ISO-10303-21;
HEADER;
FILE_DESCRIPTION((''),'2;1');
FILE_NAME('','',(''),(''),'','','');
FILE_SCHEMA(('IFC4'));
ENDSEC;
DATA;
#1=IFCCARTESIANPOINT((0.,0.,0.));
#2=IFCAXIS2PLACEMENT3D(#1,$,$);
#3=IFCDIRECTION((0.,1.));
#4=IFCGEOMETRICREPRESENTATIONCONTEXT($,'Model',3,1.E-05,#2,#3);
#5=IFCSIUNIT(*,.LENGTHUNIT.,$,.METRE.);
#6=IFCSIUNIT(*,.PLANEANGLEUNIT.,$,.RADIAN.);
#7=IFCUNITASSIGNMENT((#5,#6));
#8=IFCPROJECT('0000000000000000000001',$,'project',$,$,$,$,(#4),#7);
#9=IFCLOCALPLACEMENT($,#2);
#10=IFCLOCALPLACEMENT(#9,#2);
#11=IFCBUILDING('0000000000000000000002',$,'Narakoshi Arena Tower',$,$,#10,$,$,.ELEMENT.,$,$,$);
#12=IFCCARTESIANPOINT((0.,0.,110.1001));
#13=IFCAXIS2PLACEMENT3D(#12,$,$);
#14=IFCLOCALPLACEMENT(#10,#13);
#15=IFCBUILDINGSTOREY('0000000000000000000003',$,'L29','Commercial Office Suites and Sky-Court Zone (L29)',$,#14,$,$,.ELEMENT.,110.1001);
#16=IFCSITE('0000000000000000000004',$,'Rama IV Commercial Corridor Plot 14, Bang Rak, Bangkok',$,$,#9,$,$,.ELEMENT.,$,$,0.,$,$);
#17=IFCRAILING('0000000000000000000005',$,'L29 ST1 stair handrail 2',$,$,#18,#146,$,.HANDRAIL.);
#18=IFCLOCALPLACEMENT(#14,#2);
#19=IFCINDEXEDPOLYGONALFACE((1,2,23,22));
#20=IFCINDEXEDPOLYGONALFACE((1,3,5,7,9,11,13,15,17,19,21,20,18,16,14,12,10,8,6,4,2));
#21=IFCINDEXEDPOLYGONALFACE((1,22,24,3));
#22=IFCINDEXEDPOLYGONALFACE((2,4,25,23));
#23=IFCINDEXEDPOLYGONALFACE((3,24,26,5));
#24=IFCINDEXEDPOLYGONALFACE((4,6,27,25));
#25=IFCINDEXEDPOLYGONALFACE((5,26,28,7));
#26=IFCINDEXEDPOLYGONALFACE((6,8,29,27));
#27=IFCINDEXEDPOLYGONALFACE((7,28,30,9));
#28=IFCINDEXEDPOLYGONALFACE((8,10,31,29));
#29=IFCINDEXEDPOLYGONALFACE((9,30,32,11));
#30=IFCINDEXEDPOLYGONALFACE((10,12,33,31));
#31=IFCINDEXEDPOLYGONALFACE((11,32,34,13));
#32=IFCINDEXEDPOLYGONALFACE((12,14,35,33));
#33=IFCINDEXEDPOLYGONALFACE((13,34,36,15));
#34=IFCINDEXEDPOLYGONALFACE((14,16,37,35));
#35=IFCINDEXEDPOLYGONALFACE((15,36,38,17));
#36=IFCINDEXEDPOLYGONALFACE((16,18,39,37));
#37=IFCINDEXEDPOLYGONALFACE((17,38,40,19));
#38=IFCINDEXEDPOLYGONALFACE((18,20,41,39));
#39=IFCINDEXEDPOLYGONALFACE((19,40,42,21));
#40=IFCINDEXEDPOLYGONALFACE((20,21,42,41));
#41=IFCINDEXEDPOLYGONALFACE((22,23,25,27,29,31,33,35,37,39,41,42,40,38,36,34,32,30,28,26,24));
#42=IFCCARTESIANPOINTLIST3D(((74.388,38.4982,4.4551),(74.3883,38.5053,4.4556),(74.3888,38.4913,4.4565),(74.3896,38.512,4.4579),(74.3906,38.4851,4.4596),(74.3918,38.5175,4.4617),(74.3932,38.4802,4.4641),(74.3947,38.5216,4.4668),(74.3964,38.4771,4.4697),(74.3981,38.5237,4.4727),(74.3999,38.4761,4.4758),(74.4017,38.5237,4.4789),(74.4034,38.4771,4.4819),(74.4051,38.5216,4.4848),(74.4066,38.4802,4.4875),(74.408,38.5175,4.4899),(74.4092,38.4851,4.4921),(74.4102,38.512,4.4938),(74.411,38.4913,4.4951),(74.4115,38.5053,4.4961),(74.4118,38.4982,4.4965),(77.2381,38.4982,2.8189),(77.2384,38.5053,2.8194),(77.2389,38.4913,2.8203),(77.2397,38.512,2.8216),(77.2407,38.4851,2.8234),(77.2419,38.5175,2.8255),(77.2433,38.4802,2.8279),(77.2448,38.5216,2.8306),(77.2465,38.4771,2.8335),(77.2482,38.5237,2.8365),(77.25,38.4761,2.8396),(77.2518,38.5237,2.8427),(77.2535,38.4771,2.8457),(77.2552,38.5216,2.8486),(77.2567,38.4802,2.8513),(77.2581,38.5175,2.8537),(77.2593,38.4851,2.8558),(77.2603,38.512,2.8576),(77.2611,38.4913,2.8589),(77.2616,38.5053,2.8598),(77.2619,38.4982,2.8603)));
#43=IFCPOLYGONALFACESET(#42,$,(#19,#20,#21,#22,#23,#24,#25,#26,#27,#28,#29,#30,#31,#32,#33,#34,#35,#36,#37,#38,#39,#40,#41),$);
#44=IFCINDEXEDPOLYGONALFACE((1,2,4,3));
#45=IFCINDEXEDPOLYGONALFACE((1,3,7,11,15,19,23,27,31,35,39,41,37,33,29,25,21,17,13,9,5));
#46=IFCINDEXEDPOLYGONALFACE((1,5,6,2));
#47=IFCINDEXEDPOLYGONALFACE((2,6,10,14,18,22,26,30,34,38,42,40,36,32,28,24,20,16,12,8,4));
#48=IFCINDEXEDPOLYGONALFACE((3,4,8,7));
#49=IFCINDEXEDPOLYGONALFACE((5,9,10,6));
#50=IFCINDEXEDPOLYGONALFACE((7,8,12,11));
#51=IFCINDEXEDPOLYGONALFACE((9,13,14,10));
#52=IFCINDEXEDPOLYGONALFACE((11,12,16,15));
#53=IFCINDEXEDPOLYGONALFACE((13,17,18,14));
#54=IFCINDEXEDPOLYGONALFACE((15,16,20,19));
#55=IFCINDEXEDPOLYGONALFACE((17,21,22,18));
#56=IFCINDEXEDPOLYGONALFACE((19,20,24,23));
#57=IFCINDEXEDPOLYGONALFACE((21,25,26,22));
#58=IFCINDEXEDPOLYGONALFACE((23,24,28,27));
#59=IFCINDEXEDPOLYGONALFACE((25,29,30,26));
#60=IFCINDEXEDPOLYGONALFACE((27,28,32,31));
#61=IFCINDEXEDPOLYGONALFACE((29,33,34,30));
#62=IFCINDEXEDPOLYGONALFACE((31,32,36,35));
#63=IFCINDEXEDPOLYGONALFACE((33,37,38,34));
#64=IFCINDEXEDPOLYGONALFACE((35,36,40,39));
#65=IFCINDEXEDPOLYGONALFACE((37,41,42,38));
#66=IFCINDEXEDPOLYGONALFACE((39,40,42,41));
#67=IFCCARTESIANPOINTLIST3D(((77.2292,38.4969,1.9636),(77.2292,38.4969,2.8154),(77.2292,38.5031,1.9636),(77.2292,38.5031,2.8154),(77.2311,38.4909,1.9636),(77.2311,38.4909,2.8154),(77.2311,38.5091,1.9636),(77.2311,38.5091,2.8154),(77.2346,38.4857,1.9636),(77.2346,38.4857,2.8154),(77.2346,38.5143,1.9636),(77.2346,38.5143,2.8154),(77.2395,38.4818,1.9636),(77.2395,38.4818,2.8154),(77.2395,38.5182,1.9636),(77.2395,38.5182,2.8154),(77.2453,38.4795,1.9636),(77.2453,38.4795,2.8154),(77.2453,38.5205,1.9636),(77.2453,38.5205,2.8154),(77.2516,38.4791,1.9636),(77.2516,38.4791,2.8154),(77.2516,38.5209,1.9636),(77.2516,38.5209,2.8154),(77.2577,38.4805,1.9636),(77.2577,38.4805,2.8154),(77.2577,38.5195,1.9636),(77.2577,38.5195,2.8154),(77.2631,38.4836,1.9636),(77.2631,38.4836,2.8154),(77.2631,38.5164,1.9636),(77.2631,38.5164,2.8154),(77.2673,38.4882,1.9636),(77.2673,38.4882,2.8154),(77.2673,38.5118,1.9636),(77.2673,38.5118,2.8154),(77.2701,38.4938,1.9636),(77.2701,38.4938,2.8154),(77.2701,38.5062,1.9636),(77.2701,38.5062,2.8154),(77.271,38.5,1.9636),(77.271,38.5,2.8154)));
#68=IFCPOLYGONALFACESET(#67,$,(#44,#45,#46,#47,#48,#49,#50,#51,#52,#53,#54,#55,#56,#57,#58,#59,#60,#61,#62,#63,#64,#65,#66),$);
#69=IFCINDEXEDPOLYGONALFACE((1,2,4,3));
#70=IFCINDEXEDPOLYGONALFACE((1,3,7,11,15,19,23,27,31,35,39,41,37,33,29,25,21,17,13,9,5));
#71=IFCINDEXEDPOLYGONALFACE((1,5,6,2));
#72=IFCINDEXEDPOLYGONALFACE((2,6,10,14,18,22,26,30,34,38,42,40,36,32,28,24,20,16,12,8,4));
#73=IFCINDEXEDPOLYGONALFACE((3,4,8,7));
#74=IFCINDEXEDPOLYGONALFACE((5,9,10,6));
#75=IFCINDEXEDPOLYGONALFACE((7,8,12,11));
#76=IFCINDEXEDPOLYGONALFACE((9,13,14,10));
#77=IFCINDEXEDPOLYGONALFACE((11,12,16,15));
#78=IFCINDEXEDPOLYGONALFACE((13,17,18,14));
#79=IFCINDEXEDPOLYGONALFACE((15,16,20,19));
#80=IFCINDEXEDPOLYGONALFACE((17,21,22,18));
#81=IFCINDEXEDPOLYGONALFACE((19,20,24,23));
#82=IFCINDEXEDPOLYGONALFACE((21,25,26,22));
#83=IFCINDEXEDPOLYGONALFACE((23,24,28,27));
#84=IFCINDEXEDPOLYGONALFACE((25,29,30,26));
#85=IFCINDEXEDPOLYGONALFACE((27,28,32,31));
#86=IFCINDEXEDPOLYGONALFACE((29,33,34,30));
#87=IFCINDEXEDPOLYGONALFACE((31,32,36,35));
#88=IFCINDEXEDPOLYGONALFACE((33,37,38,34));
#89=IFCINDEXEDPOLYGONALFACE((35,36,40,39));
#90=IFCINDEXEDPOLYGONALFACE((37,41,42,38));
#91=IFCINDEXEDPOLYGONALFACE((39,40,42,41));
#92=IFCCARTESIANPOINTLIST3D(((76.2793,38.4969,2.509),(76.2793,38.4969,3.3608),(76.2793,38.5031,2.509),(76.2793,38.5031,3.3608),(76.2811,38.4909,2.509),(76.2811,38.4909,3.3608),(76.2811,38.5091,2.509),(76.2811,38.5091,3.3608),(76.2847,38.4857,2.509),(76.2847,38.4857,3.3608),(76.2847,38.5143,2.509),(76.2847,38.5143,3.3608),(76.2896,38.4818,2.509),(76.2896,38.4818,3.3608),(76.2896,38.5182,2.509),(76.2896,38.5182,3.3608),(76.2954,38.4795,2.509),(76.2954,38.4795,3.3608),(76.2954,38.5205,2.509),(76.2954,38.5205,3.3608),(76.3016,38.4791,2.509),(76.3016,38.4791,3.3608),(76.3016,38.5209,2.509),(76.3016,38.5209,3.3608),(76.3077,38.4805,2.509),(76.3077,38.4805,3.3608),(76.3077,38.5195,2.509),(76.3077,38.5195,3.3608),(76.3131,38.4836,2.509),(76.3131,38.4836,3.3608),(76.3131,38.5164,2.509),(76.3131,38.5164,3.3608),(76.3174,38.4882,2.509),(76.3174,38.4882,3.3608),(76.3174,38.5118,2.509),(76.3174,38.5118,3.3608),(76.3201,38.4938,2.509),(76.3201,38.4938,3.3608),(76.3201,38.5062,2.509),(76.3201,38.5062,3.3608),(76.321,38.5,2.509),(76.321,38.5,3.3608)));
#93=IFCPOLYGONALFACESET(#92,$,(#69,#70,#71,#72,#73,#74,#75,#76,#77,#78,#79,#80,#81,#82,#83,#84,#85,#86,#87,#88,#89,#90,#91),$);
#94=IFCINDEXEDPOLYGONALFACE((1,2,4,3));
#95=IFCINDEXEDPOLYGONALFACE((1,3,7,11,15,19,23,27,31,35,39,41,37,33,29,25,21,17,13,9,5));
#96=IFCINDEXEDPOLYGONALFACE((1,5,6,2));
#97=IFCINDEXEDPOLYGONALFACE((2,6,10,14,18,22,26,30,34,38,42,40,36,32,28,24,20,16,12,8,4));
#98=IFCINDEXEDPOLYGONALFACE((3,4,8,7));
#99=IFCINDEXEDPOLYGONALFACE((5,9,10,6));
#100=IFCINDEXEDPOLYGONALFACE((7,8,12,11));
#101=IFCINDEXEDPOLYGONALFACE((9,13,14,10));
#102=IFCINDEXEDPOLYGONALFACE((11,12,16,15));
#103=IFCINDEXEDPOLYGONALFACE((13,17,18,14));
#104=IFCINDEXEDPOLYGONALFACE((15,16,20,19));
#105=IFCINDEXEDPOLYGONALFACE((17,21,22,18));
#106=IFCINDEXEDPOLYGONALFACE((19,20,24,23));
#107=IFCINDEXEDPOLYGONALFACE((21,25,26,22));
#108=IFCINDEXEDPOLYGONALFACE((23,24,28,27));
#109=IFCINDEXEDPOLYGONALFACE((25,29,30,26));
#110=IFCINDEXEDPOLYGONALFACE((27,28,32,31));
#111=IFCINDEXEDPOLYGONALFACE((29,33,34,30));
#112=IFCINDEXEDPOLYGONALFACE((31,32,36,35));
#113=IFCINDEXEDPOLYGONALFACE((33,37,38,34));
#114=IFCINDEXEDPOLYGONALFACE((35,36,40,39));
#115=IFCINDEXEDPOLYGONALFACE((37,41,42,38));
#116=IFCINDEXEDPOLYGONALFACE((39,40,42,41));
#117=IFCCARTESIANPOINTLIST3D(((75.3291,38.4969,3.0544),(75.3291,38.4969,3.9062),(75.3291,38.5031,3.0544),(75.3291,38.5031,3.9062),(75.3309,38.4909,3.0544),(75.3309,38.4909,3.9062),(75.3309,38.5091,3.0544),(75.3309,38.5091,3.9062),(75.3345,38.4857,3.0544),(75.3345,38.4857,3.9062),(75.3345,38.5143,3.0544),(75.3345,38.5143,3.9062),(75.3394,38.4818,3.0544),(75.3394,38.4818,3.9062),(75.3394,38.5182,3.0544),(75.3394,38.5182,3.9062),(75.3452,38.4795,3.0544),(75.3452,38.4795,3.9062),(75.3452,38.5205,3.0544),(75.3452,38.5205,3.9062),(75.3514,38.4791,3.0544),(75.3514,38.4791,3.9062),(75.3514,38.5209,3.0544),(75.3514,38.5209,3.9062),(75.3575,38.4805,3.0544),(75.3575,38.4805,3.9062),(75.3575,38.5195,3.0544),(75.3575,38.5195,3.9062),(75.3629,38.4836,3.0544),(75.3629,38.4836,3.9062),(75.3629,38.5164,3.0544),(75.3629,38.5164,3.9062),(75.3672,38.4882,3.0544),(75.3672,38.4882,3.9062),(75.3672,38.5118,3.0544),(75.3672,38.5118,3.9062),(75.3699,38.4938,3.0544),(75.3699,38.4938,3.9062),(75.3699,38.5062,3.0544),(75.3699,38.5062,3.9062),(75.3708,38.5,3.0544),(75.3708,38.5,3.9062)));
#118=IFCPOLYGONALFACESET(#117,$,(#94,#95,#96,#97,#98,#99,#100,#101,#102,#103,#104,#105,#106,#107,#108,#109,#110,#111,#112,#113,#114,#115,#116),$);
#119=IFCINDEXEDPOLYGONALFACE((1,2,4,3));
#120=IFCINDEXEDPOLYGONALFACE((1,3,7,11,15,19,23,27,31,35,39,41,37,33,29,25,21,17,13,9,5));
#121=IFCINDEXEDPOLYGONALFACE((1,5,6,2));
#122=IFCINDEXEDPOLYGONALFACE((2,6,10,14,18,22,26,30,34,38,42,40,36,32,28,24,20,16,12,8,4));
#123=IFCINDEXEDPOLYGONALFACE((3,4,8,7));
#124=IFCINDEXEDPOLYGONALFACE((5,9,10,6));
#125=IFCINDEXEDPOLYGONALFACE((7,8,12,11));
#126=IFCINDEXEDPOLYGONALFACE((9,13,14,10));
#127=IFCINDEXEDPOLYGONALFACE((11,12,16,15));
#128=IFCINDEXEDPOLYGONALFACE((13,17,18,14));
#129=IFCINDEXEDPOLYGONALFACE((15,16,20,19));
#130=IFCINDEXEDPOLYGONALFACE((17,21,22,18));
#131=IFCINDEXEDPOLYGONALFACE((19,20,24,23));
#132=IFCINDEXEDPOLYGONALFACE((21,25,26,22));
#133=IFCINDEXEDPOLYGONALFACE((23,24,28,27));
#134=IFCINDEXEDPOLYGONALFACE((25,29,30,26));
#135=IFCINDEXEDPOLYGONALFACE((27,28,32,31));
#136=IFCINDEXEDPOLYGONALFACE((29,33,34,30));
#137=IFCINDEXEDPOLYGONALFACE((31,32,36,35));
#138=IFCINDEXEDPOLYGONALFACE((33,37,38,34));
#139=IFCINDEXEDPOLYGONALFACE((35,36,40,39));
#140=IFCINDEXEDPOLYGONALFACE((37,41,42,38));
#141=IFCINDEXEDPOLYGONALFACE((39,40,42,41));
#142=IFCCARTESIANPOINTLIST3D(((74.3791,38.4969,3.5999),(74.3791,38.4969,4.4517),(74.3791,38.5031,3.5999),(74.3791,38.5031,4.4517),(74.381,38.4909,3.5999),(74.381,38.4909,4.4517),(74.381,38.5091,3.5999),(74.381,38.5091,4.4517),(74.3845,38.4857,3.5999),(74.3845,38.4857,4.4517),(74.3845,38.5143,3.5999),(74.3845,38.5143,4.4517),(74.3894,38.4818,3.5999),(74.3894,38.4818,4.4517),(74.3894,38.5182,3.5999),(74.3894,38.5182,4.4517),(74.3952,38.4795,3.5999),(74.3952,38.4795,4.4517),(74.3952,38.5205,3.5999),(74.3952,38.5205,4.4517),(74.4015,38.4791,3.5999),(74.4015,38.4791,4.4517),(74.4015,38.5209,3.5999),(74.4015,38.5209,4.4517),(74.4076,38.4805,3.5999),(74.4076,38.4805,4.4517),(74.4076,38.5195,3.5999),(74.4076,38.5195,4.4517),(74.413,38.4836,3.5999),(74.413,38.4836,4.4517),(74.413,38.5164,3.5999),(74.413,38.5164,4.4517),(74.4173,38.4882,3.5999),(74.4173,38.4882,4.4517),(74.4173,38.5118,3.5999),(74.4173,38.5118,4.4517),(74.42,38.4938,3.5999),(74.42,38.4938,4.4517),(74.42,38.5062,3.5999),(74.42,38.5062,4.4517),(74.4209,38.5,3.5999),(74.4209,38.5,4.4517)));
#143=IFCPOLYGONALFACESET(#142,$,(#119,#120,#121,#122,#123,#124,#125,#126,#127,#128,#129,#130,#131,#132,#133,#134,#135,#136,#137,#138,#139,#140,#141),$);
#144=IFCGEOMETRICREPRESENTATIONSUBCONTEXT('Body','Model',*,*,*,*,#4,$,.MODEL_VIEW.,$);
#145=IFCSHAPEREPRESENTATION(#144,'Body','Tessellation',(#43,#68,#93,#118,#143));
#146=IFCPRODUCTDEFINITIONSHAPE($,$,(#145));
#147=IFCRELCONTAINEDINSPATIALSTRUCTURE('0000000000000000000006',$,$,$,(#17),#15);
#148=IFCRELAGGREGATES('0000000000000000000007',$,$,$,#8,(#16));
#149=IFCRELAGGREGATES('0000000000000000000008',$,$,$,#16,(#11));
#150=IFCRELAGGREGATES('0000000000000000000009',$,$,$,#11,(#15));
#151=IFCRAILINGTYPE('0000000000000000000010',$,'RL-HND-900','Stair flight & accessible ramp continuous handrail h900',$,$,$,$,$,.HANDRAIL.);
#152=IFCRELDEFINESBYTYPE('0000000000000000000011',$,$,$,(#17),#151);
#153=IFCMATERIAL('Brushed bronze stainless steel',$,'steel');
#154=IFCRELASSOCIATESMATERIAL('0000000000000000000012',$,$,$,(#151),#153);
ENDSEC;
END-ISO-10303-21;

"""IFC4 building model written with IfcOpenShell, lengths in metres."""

from ifc_helpers import new_model, si_unit, direction, frame, origin, origin_2d, place, context, subcontext, project, spatial, circle, extrude, material, type_object, element, save


model = new_model("IFC4")

# Units and contexts
model_context = context("Model", 3, precision=1e-05, world=origin(), true_north=direction((0.0, 1.0)))
body_context = subcontext(model_context, "Body", "Model", "MODEL_VIEW")
ifc_project = project(units=[si_unit("LENGTHUNIT", "METRE"), si_unit("PLANEANGLEUNIT", "RADIAN")], contexts=[model_context])

# Site, building, storey
site_placement = place(None, origin())
site = spatial("IfcSite", under=ifc_project, at=site_placement, Name="Rama IV Commercial Corridor Plot 14, Bang Rak, Bangkok", CompositionType="ELEMENT", RefElevation=0.0)
building_placement = place(site_placement, origin())
building = spatial("IfcBuilding", under=site, at=building_placement, Name="Narakoshi Arena Tower", CompositionType="ELEMENT")
storey_placement = place(building_placement, frame((0.0, 0.0, 110.1001)))
storey = spatial("IfcBuildingStorey", under=building, at=storey_placement, Name="L29", Description="Commercial Office Suites and Sky-Court Zone (L29)", CompositionType="ELEMENT", Elevation=110.1001)

# Shared definitions
ifc_material_1 = material(Name="Brushed bronze stainless steel", Category="steel")

# Railing
railing_type_1 = type_object("IfcRailingType", Name="RL-HND-900", Description="Stair flight & accessible ramp continuous handrail h900", PredefinedType="HANDRAIL", material=ifc_material_1)
for number, where, name in (
    (1, (77.25, 38.5, 1.9636), "L29 ST1 stair handrail 2"),
):
    element("IfcRailing", number, at=place(storey_placement, frame(where)), inside=storey, type_object=railing_type_1, Name=name, PredefinedType="HANDRAIL", context=body_context, shape_type="SweptSolid", body=[
        extrude(circle(Radius=0.0239, at=origin_2d()), frame((0.0, 0.0, 0.876), z_axis=(-0.867245, 0.0, 0.497882), x_axis=(0.0, -1.0, 0.0)), (0.0, 0.0, 1.0), 3.2864),
        extrude(circle(Radius=0.021, at=origin_2d()), origin(), (0.0, 0.0, 1.0), 0.8518),
        extrude(circle(Radius=0.021, at=origin_2d()), frame((-0.95, 0.0, 0.5454)), (0.0, 0.0, 1.0), 0.8518),
        extrude(circle(Radius=0.021, at=origin_2d()), frame((-1.9001, 0.0, 1.0908)), (0.0, 0.0, 1.0), 0.8518),
        extrude(circle(Radius=0.021, at=origin_2d()), frame((-2.8501, 0.0, 1.6362)), (0.0, 0.0, 1.0), 0.8518),
    ])

save(model, "model.ifc")
